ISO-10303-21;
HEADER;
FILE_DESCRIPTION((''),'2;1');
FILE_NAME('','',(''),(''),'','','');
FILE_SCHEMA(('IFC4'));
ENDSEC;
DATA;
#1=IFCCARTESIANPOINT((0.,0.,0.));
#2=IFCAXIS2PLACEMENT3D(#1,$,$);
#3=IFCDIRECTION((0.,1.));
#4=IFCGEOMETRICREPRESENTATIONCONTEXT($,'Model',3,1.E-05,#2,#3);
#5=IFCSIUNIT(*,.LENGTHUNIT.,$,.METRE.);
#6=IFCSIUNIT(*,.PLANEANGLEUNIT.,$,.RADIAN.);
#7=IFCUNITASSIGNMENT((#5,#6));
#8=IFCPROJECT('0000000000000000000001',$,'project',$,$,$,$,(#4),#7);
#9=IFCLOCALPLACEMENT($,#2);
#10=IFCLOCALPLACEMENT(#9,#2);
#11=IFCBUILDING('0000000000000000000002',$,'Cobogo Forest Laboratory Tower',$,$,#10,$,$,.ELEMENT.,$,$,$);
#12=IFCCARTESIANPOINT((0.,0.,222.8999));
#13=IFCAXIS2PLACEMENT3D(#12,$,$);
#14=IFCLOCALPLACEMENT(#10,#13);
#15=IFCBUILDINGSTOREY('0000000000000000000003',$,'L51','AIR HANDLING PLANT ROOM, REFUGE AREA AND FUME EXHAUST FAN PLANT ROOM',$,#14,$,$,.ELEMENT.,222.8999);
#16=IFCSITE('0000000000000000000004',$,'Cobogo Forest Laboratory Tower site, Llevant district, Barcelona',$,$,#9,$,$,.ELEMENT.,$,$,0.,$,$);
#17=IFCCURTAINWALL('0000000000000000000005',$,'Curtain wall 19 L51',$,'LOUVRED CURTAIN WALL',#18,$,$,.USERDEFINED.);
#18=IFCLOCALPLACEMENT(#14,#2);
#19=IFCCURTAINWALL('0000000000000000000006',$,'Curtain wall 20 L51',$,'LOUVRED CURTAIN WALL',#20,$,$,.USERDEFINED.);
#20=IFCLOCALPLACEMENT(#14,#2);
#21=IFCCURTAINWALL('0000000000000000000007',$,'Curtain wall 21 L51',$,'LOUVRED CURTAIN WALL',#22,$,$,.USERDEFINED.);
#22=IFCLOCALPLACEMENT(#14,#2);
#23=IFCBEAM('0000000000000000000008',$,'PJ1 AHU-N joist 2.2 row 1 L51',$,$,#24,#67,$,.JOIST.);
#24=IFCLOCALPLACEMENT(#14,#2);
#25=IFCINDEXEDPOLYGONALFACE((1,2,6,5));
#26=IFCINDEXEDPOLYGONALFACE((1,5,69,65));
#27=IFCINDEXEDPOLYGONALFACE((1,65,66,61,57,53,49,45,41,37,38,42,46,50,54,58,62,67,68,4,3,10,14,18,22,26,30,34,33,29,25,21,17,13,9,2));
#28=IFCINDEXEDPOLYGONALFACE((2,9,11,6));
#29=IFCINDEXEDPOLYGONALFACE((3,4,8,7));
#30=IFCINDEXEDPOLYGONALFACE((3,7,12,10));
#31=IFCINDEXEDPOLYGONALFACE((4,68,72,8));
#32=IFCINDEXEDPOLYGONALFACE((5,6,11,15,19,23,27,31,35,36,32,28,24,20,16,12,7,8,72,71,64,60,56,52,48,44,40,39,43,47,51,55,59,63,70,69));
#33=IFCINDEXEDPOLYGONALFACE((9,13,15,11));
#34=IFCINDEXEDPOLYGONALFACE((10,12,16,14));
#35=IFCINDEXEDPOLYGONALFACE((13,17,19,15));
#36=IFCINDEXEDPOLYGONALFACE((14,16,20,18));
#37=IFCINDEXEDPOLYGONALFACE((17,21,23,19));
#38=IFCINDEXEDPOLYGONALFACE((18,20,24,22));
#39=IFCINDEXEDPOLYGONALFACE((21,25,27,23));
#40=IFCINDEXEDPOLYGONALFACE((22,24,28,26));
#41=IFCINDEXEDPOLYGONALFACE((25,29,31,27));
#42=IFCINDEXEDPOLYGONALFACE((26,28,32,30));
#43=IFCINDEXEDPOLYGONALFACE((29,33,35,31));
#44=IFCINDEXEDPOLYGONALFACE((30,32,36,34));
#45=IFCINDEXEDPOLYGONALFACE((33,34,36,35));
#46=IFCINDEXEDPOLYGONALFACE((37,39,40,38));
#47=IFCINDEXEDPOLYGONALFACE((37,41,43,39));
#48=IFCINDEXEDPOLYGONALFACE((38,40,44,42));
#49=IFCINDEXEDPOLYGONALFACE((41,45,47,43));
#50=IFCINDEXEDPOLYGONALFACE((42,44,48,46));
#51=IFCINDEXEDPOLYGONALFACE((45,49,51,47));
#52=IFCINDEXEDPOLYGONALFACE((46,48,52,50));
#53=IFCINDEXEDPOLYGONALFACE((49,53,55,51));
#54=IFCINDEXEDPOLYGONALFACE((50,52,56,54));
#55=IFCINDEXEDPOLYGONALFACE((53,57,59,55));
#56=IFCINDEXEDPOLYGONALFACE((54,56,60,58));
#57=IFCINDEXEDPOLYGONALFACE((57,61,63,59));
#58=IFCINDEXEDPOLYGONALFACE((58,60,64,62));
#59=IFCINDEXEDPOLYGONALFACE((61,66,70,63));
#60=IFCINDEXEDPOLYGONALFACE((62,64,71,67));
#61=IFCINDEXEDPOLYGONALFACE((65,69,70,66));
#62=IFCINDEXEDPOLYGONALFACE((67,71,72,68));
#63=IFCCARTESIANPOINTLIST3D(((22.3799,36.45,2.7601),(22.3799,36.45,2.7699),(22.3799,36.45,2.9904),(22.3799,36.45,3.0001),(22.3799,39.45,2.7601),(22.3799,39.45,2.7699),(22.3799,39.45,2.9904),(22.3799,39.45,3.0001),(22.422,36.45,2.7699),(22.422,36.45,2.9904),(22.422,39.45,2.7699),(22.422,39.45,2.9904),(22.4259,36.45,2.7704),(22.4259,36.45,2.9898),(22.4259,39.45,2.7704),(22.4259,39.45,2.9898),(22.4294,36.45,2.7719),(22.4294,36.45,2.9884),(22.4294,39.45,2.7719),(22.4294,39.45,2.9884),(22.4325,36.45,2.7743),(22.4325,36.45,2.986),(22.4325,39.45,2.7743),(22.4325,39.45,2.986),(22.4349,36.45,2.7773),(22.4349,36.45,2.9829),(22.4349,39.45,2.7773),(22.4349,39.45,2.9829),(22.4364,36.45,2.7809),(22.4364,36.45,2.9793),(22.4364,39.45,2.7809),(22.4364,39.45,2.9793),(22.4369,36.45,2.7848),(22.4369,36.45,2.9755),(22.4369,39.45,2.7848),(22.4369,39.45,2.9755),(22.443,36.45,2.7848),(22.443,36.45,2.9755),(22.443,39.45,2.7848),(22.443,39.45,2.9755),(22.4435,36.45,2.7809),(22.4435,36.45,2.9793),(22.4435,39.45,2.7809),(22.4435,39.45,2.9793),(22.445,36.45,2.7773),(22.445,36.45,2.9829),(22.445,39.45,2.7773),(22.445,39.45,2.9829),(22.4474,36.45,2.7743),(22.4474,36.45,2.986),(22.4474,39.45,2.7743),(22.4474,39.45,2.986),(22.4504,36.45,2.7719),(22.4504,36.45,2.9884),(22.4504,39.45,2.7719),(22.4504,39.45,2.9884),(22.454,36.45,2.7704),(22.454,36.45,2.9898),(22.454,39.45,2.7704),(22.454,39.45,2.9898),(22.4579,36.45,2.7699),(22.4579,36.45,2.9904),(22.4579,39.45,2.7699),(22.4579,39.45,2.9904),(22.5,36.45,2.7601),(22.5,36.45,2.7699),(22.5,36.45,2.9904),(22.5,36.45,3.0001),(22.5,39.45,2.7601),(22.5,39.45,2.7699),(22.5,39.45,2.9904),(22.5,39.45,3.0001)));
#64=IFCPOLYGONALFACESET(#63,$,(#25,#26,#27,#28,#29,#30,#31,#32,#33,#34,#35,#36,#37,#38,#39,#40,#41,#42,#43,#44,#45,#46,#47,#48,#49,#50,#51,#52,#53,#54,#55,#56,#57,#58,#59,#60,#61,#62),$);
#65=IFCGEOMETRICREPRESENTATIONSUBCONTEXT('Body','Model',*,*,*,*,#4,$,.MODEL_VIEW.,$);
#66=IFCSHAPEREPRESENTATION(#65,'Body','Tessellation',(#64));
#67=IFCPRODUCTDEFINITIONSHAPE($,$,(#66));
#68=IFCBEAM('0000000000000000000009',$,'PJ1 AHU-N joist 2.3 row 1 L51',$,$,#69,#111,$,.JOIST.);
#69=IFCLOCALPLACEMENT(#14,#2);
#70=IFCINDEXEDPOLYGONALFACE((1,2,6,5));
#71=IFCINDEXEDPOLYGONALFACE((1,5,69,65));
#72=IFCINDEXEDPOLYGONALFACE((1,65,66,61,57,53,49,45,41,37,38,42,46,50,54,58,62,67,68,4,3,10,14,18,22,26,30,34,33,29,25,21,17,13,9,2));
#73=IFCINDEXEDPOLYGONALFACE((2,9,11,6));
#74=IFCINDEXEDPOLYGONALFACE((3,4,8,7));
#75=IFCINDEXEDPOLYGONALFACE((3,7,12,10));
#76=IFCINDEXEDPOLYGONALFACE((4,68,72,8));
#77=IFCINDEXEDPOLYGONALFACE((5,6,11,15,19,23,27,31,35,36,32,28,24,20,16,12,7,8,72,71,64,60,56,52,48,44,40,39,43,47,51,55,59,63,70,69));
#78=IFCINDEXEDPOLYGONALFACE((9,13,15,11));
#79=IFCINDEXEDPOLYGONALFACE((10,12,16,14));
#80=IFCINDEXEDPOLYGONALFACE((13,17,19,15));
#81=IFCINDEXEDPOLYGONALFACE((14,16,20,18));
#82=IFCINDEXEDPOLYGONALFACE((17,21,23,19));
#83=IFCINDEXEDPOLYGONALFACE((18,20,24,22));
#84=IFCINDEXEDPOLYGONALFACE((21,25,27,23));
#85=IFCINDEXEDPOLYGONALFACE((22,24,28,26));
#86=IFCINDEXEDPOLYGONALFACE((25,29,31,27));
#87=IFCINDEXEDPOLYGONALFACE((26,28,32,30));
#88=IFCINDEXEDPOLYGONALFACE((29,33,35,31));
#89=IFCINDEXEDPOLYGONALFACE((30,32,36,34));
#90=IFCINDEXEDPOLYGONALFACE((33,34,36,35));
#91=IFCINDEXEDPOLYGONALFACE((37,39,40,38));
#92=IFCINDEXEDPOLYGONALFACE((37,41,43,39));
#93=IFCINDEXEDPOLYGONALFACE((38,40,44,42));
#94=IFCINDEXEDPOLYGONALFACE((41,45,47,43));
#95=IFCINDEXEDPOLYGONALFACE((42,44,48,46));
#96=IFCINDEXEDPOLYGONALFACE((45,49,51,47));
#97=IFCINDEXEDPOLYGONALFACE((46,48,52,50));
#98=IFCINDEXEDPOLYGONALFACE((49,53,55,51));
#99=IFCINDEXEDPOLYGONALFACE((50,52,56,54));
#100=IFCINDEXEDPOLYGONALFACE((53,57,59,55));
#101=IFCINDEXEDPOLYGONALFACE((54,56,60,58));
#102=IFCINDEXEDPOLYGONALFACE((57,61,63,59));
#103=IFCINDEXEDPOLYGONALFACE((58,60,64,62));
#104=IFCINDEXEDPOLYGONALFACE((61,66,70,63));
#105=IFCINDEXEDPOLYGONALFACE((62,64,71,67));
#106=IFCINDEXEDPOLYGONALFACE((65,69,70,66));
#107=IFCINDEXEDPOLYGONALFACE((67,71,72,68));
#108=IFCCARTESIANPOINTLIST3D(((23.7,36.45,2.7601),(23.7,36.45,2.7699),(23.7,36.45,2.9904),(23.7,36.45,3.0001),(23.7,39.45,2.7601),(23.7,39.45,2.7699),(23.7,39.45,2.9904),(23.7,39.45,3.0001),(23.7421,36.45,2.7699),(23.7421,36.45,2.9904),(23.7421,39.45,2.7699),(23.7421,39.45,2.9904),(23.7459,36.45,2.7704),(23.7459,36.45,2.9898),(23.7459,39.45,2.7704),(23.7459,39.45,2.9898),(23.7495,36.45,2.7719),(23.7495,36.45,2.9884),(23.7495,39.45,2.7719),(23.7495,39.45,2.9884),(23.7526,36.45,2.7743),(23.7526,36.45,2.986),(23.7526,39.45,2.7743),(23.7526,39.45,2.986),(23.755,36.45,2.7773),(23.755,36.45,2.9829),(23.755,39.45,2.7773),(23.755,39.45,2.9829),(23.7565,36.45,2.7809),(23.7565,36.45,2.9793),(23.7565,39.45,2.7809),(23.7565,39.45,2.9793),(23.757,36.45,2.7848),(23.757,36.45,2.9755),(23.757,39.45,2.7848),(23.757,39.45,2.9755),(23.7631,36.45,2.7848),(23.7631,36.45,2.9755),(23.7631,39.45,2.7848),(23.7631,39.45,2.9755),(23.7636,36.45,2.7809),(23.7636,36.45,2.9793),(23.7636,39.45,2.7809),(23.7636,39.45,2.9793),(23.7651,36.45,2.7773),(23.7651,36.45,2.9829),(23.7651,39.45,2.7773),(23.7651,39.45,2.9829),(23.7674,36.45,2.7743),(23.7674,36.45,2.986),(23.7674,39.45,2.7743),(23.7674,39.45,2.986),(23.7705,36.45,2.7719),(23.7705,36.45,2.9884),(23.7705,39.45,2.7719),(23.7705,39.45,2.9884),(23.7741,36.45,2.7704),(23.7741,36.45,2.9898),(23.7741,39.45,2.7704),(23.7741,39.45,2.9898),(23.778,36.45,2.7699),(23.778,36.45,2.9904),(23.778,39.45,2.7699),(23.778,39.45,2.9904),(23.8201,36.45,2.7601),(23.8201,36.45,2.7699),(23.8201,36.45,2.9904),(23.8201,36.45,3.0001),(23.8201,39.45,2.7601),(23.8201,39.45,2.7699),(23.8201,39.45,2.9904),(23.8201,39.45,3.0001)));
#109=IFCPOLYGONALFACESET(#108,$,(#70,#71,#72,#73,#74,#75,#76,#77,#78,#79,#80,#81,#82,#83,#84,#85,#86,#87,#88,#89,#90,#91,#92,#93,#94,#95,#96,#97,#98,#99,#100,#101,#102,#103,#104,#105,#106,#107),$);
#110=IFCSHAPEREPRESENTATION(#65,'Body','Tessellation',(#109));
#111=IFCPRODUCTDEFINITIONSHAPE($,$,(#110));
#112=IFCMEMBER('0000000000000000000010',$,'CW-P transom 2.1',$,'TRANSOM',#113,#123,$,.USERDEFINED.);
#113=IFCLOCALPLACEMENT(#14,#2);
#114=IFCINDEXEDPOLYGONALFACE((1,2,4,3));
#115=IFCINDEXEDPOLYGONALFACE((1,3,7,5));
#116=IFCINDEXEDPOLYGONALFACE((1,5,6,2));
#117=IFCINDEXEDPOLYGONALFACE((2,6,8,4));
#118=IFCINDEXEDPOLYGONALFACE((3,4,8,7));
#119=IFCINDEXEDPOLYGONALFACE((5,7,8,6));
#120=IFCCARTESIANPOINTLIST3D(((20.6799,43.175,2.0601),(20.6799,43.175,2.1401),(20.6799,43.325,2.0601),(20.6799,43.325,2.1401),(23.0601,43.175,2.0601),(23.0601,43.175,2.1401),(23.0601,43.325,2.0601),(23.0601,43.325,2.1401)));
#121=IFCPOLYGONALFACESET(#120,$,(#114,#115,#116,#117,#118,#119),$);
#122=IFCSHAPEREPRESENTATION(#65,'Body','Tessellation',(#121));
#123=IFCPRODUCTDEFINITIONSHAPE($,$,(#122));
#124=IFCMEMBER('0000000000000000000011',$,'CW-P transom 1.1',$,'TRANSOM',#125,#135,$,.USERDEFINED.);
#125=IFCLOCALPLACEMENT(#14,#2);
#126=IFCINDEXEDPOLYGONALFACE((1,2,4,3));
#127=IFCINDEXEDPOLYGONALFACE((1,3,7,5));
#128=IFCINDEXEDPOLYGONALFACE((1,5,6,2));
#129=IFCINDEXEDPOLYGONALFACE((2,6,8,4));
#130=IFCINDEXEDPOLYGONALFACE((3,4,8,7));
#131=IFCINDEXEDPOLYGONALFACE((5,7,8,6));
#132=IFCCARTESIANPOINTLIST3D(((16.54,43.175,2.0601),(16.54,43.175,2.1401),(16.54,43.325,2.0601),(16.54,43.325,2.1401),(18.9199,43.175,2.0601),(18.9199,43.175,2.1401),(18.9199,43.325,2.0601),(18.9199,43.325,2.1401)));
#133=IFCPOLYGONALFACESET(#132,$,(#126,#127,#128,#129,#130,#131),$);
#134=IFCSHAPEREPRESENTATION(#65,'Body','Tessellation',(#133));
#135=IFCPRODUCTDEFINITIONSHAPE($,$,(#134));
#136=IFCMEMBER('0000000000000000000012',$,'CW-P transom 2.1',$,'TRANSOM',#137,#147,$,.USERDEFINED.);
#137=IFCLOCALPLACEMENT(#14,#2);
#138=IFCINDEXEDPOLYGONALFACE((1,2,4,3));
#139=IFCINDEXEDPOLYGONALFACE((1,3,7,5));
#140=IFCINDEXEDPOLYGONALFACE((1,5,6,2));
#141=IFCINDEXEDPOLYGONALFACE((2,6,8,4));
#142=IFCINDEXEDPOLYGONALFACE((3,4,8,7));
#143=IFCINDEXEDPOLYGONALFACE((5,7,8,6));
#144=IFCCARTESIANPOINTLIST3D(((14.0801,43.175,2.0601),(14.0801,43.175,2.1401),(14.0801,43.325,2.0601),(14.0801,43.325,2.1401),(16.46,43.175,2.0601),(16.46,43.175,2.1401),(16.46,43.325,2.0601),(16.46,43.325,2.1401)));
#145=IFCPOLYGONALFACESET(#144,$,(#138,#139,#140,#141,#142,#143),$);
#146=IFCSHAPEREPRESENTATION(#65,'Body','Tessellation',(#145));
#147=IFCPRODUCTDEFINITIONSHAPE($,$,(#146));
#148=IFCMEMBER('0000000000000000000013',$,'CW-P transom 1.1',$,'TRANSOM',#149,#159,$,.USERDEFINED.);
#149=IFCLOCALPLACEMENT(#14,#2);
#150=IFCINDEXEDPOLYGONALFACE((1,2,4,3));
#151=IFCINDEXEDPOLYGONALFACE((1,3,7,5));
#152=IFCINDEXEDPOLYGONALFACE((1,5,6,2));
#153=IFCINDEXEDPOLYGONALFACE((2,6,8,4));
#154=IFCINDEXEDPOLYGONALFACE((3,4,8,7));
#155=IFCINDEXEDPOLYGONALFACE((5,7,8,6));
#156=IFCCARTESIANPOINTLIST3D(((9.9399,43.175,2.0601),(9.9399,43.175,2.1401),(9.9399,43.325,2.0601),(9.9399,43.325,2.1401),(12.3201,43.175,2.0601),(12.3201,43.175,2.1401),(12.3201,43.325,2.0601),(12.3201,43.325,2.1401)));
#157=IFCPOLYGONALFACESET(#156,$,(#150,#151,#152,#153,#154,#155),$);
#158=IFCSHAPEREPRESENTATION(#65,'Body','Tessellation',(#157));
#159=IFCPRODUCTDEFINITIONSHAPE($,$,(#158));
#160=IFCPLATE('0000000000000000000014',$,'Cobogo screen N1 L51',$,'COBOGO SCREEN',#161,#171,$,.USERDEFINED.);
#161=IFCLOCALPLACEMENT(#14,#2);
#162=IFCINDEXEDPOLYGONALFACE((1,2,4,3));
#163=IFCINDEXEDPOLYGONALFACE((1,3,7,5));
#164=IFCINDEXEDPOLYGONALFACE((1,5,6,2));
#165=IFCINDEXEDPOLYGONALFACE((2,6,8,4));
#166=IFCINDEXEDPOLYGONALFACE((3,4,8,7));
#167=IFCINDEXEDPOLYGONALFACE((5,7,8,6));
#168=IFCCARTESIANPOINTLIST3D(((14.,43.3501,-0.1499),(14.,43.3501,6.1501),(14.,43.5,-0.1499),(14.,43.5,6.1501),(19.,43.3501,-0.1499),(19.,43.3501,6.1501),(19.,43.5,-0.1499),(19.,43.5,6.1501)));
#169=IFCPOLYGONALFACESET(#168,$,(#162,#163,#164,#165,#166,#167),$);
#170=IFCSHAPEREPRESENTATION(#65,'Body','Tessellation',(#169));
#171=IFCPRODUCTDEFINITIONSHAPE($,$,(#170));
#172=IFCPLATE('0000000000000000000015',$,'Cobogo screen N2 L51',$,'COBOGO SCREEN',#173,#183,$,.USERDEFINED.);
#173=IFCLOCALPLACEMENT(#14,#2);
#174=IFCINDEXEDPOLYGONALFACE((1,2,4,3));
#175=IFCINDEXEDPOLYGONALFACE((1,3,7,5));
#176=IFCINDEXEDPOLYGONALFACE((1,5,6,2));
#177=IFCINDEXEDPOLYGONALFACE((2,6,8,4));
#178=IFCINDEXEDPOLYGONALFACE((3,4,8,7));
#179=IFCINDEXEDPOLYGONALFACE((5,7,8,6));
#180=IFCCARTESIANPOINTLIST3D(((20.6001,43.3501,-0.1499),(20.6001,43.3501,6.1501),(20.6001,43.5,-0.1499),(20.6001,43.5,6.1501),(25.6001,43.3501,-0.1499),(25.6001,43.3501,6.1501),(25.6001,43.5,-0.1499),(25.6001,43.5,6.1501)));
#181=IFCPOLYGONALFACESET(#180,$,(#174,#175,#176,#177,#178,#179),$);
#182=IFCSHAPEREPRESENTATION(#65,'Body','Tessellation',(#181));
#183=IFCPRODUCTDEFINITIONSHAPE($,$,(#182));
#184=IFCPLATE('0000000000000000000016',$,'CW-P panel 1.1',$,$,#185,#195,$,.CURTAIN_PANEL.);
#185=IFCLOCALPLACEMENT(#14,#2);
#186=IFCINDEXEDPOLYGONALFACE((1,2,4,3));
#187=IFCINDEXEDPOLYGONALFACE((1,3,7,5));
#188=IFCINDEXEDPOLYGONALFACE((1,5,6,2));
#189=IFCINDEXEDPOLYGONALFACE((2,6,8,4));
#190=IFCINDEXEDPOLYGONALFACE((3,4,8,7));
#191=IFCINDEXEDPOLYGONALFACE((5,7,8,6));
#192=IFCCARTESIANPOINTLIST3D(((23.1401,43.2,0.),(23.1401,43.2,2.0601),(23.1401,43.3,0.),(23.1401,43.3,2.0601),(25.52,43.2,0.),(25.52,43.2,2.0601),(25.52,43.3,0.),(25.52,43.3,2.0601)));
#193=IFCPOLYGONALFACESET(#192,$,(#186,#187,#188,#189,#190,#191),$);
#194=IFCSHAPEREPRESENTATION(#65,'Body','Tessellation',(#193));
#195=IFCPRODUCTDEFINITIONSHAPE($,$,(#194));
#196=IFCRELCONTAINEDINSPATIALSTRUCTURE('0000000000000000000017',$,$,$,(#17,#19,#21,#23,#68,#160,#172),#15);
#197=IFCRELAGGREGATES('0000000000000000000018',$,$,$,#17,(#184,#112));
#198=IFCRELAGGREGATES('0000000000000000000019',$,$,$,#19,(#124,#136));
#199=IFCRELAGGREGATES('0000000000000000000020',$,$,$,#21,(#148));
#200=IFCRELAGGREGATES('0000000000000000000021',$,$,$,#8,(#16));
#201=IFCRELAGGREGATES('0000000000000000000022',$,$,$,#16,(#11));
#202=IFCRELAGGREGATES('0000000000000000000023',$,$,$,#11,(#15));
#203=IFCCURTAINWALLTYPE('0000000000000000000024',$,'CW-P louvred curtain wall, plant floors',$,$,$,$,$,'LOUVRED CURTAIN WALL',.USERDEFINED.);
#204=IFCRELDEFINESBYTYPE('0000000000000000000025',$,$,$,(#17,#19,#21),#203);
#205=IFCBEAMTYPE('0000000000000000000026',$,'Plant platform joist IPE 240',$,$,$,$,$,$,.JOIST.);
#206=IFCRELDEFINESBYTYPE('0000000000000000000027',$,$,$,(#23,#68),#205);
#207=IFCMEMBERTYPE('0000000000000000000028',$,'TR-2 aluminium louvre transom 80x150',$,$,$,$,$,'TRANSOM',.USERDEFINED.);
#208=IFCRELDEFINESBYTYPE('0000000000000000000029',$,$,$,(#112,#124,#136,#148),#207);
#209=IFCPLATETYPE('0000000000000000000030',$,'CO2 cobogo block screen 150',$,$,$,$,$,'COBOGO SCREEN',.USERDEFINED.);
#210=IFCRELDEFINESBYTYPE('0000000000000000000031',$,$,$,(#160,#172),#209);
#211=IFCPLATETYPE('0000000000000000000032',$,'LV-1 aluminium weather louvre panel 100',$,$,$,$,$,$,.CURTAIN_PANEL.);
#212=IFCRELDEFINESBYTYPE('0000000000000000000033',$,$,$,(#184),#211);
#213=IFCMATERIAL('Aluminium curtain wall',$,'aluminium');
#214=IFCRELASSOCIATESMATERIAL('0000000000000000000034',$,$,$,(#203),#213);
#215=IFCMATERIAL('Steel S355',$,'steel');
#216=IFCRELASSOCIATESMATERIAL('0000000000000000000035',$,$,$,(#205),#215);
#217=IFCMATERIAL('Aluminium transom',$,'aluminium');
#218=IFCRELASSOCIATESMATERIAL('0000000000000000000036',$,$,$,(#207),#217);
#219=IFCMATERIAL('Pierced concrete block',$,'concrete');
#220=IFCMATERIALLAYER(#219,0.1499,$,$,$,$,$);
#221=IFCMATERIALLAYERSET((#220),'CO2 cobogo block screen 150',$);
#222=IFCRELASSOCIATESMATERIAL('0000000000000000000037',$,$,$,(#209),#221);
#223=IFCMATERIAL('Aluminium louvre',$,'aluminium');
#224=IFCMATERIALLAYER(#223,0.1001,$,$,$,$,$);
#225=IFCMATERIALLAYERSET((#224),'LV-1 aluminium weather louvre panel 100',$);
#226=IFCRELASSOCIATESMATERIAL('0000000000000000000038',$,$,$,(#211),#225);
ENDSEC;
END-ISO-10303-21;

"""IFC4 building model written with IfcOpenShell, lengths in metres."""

from ifc_helpers import new_model, si_unit, direction, frame, origin, origin_2d, place, context, subcontext, project, spatial, rectangle, i_section, extrude, material, layer, layer_set, material_profile, profile_set, type_object, element, aggregate, save


model = new_model("IFC4")

# Units and contexts
model_context = context("Model", 3, precision=1e-05, world=origin(), true_north=direction((0.0, 1.0)))
body_context = subcontext(model_context, "Body", "Model", "MODEL_VIEW")
ifc_project = project(units=[si_unit("LENGTHUNIT", "METRE"), si_unit("PLANEANGLEUNIT", "RADIAN")], contexts=[model_context])

# Site, building, storey
site_placement = place(None, origin())
site = spatial("IfcSite", under=ifc_project, at=site_placement, Name="Cobogo Forest Laboratory Tower site, Llevant district, Barcelona", CompositionType="ELEMENT", RefElevation=0.0)
building_placement = place(site_placement, origin())
building = spatial("IfcBuilding", under=site, at=building_placement, Name="Cobogo Forest Laboratory Tower", CompositionType="ELEMENT")
storey_placement = place(building_placement, frame((0.0, 0.0, 222.8999)))
storey = spatial("IfcBuildingStorey", under=building, at=storey_placement, Name="L51", Description="AIR HANDLING PLANT ROOM, REFUGE AREA AND FUME EXHAUST FAN PLANT ROOM", CompositionType="ELEMENT", Elevation=222.8999)

# Curtain walls
ifc_material_1 = material(Name="Aluminium curtain wall", Category="aluminium")
curtain_wall_type = type_object("IfcCurtainWallType", Name="CW-P louvred curtain wall, plant floors", ElementType="LOUVRED CURTAIN WALL", PredefinedType="USERDEFINED", material=ifc_material_1)
curtain_wall_1_placement = place(storey_placement, origin())
curtain_wall_1 = element("IfcCurtainWall", 1, at=curtain_wall_1_placement, inside=storey, type_object=curtain_wall_type, Name="Curtain wall 19 L51", ObjectType="LOUVRED CURTAIN WALL", PredefinedType="USERDEFINED")
curtain_wall_2_placement = place(storey_placement, origin())
curtain_wall_2 = element("IfcCurtainWall", 2, at=curtain_wall_2_placement, inside=storey, type_object=curtain_wall_type, Name="Curtain wall 20 L51", ObjectType="LOUVRED CURTAIN WALL", PredefinedType="USERDEFINED")

# Curtain wall
curtain_wall_3_placement = place(storey_placement, origin())
curtain_wall_3 = element("IfcCurtainWall", 3, at=curtain_wall_3_placement, inside=storey, type_object=curtain_wall_type, Name="Curtain wall 21 L51", ObjectType="LOUVRED CURTAIN WALL", PredefinedType="USERDEFINED")

# Shared definitions
ifc_material_2 = material(Name="Steel S355", Category="steel")

# Beams
ifc_material_profile_1 = material_profile(ifc_material_2, i_section(OverallWidth=0.1201, OverallDepth=0.24, WebThickness=0.0061, FlangeThickness=0.0098, FilletRadius=0.0149, at=origin_2d()), Name="IPE 240")
ifc_profile_set_1 = profile_set([ifc_material_profile_1], Name="Steel S355")
beam_type_1 = type_object("IfcBeamType", Name="Plant platform joist IPE 240", PredefinedType="JOIST", material=ifc_profile_set_1)
for number, where, z_axis, x_axis, name in (
    (4, (22.4399, 39.45, 2.8801), (0.0, -1.0, 0.0), (1.0, 0.0, 0.0), "PJ1 AHU-N joist 2.2 row 1 L51"),
    (5, (23.76, 39.45, 2.8801), (0.0, -1.0, 0.0), (1.0, 0.0, 0.0), "PJ1 AHU-N joist 2.3 row 1 L51"),
):
    element("IfcBeam", number, at=place(storey_placement, frame(where, z_axis=z_axis, x_axis=x_axis)), inside=storey, type_object=beam_type_1, Name=name, PredefinedType="JOIST", context=body_context, shape_type="SweptSolid", body=[
        extrude(i_section(OverallWidth=0.1201, OverallDepth=0.24, WebThickness=0.0061, FlangeThickness=0.0098, FilletRadius=0.0149, at=origin_2d()), origin(), (0.0, 0.0, 1.0), 3.0),
    ])

# Members
ifc_material_3 = material(Name="Aluminium transom", Category="aluminium")
ifc_material_profile_2 = material_profile(ifc_material_3, rectangle(XDim=0.1499, YDim=0.0801, at=origin_2d()), Name="AL 80x150")
ifc_profile_set_2 = profile_set([ifc_material_profile_2], Name="Aluminium transom")
member_type_1 = type_object("IfcMemberType", Name="TR-2 aluminium louvre transom 80x150", ElementType="TRANSOM", PredefinedType="USERDEFINED", material=ifc_profile_set_2)
member_1_placement = place(storey_placement, frame((23.0601, 43.25, 2.1001), z_axis=(-1.0, 0.0, 0.0), x_axis=(0.0, -1.0, 0.0)))
member_1 = element("IfcMember", 6, at=member_1_placement, type_object=member_type_1, Name="CW-P transom 2.1", ObjectType="TRANSOM", PredefinedType="USERDEFINED", context=body_context, shape_type="SweptSolid", body=[
    extrude(rectangle(XDim=0.1499, YDim=0.0801, at=origin_2d()), origin(), (0.0, 0.0, 1.0), 2.3801),
])
member_2_placement = place(storey_placement, frame((18.9199, 43.25, 2.1001), z_axis=(-1.0, 0.0, 0.0), x_axis=(0.0, -1.0, 0.0)))
member_2 = element("IfcMember", 7, at=member_2_placement, type_object=member_type_1, Name="CW-P transom 1.1", ObjectType="TRANSOM", PredefinedType="USERDEFINED", context=body_context, shape_type="SweptSolid", body=[
    extrude(rectangle(XDim=0.1499, YDim=0.0801, at=origin_2d()), origin(), (0.0, 0.0, 1.0), 2.3799),
])
member_3_placement = place(storey_placement, frame((16.46, 43.25, 2.1001), z_axis=(-1.0, 0.0, 0.0), x_axis=(0.0, -1.0, 0.0)))
member_3 = element("IfcMember", 8, at=member_3_placement, type_object=member_type_1, Name="CW-P transom 2.1", ObjectType="TRANSOM", PredefinedType="USERDEFINED", context=body_context, shape_type="SweptSolid", body=[
    extrude(rectangle(XDim=0.1499, YDim=0.0801, at=origin_2d()), origin(), (0.0, 0.0, 1.0), 2.3799),
])
member_4_placement = place(storey_placement, frame((12.3201, 43.25, 2.1001), z_axis=(-1.0, 0.0, 0.0), x_axis=(0.0, -1.0, 0.0)))
member_4 = element("IfcMember", 9, at=member_4_placement, type_object=member_type_1, Name="CW-P transom 1.1", ObjectType="TRANSOM", PredefinedType="USERDEFINED", context=body_context, shape_type="SweptSolid", body=[
    extrude(rectangle(XDim=0.1499, YDim=0.0801, at=origin_2d()), origin(), (0.0, 0.0, 1.0), 2.3801),
])

# Plates
ifc_material_4 = material(Name="Pierced concrete block", Category="concrete")
ifc_layer_1 = layer(ifc_material_4, 0.1499)
ifc_layer_set_1 = layer_set([ifc_layer_1], Name="CO2 cobogo block screen 150")
plate_type_1 = type_object("IfcPlateType", Name="CO2 cobogo block screen 150", ElementType="COBOGO SCREEN", PredefinedType="USERDEFINED", material=ifc_layer_set_1)
for number, where, z_axis, x_axis, name in (
    (10, (16.5, 43.425, -0.1499), (0.0, 0.0, 1.0), (1.0, 0.0, 0.0), "Cobogo screen N1 L51"),
    (11, (23.1001, 43.425, -0.1499), (0.0, 0.0, 1.0), (1.0, 0.0, 0.0), "Cobogo screen N2 L51"),
):
    element("IfcPlate", number, at=place(storey_placement, frame(where, z_axis=z_axis, x_axis=x_axis)), inside=storey, type_object=plate_type_1, Name=name, ObjectType="COBOGO SCREEN", PredefinedType="USERDEFINED", context=body_context, shape_type="SweptSolid", body=[
        extrude(rectangle(XDim=5.0, YDim=0.1499, at=origin_2d()), origin(), (0.0, 0.0, 1.0), 6.3),
    ])

# Plate
ifc_material_5 = material(Name="Aluminium louvre", Category="aluminium")
ifc_layer_2 = layer(ifc_material_5, 0.1001)
ifc_layer_set_2 = layer_set([ifc_layer_2], Name="LV-1 aluminium weather louvre panel 100")
plate_type_2 = type_object("IfcPlateType", Name="LV-1 aluminium weather louvre panel 100", PredefinedType="CURTAIN_PANEL", material=ifc_layer_set_2)
plate_1_placement = place(storey_placement, frame((24.3301, 43.25, 0.0), z_axis=(0.0, 0.0, 1.0), x_axis=(-1.0, 0.0, 0.0)))
plate_1 = element("IfcPlate", 12, at=plate_1_placement, type_object=plate_type_2, Name="CW-P panel 1.1", PredefinedType="CURTAIN_PANEL", context=body_context, shape_type="SweptSolid", body=[
    extrude(rectangle(XDim=2.3799, YDim=0.1001, at=origin_2d()), origin(), (0.0, 0.0, 1.0), 2.0601),
])
aggregate(curtain_wall_1, [plate_1, member_1])
aggregate(curtain_wall_2, [member_2, member_3])
aggregate(curtain_wall_3, [member_4])

save(model, "model.ifc")
